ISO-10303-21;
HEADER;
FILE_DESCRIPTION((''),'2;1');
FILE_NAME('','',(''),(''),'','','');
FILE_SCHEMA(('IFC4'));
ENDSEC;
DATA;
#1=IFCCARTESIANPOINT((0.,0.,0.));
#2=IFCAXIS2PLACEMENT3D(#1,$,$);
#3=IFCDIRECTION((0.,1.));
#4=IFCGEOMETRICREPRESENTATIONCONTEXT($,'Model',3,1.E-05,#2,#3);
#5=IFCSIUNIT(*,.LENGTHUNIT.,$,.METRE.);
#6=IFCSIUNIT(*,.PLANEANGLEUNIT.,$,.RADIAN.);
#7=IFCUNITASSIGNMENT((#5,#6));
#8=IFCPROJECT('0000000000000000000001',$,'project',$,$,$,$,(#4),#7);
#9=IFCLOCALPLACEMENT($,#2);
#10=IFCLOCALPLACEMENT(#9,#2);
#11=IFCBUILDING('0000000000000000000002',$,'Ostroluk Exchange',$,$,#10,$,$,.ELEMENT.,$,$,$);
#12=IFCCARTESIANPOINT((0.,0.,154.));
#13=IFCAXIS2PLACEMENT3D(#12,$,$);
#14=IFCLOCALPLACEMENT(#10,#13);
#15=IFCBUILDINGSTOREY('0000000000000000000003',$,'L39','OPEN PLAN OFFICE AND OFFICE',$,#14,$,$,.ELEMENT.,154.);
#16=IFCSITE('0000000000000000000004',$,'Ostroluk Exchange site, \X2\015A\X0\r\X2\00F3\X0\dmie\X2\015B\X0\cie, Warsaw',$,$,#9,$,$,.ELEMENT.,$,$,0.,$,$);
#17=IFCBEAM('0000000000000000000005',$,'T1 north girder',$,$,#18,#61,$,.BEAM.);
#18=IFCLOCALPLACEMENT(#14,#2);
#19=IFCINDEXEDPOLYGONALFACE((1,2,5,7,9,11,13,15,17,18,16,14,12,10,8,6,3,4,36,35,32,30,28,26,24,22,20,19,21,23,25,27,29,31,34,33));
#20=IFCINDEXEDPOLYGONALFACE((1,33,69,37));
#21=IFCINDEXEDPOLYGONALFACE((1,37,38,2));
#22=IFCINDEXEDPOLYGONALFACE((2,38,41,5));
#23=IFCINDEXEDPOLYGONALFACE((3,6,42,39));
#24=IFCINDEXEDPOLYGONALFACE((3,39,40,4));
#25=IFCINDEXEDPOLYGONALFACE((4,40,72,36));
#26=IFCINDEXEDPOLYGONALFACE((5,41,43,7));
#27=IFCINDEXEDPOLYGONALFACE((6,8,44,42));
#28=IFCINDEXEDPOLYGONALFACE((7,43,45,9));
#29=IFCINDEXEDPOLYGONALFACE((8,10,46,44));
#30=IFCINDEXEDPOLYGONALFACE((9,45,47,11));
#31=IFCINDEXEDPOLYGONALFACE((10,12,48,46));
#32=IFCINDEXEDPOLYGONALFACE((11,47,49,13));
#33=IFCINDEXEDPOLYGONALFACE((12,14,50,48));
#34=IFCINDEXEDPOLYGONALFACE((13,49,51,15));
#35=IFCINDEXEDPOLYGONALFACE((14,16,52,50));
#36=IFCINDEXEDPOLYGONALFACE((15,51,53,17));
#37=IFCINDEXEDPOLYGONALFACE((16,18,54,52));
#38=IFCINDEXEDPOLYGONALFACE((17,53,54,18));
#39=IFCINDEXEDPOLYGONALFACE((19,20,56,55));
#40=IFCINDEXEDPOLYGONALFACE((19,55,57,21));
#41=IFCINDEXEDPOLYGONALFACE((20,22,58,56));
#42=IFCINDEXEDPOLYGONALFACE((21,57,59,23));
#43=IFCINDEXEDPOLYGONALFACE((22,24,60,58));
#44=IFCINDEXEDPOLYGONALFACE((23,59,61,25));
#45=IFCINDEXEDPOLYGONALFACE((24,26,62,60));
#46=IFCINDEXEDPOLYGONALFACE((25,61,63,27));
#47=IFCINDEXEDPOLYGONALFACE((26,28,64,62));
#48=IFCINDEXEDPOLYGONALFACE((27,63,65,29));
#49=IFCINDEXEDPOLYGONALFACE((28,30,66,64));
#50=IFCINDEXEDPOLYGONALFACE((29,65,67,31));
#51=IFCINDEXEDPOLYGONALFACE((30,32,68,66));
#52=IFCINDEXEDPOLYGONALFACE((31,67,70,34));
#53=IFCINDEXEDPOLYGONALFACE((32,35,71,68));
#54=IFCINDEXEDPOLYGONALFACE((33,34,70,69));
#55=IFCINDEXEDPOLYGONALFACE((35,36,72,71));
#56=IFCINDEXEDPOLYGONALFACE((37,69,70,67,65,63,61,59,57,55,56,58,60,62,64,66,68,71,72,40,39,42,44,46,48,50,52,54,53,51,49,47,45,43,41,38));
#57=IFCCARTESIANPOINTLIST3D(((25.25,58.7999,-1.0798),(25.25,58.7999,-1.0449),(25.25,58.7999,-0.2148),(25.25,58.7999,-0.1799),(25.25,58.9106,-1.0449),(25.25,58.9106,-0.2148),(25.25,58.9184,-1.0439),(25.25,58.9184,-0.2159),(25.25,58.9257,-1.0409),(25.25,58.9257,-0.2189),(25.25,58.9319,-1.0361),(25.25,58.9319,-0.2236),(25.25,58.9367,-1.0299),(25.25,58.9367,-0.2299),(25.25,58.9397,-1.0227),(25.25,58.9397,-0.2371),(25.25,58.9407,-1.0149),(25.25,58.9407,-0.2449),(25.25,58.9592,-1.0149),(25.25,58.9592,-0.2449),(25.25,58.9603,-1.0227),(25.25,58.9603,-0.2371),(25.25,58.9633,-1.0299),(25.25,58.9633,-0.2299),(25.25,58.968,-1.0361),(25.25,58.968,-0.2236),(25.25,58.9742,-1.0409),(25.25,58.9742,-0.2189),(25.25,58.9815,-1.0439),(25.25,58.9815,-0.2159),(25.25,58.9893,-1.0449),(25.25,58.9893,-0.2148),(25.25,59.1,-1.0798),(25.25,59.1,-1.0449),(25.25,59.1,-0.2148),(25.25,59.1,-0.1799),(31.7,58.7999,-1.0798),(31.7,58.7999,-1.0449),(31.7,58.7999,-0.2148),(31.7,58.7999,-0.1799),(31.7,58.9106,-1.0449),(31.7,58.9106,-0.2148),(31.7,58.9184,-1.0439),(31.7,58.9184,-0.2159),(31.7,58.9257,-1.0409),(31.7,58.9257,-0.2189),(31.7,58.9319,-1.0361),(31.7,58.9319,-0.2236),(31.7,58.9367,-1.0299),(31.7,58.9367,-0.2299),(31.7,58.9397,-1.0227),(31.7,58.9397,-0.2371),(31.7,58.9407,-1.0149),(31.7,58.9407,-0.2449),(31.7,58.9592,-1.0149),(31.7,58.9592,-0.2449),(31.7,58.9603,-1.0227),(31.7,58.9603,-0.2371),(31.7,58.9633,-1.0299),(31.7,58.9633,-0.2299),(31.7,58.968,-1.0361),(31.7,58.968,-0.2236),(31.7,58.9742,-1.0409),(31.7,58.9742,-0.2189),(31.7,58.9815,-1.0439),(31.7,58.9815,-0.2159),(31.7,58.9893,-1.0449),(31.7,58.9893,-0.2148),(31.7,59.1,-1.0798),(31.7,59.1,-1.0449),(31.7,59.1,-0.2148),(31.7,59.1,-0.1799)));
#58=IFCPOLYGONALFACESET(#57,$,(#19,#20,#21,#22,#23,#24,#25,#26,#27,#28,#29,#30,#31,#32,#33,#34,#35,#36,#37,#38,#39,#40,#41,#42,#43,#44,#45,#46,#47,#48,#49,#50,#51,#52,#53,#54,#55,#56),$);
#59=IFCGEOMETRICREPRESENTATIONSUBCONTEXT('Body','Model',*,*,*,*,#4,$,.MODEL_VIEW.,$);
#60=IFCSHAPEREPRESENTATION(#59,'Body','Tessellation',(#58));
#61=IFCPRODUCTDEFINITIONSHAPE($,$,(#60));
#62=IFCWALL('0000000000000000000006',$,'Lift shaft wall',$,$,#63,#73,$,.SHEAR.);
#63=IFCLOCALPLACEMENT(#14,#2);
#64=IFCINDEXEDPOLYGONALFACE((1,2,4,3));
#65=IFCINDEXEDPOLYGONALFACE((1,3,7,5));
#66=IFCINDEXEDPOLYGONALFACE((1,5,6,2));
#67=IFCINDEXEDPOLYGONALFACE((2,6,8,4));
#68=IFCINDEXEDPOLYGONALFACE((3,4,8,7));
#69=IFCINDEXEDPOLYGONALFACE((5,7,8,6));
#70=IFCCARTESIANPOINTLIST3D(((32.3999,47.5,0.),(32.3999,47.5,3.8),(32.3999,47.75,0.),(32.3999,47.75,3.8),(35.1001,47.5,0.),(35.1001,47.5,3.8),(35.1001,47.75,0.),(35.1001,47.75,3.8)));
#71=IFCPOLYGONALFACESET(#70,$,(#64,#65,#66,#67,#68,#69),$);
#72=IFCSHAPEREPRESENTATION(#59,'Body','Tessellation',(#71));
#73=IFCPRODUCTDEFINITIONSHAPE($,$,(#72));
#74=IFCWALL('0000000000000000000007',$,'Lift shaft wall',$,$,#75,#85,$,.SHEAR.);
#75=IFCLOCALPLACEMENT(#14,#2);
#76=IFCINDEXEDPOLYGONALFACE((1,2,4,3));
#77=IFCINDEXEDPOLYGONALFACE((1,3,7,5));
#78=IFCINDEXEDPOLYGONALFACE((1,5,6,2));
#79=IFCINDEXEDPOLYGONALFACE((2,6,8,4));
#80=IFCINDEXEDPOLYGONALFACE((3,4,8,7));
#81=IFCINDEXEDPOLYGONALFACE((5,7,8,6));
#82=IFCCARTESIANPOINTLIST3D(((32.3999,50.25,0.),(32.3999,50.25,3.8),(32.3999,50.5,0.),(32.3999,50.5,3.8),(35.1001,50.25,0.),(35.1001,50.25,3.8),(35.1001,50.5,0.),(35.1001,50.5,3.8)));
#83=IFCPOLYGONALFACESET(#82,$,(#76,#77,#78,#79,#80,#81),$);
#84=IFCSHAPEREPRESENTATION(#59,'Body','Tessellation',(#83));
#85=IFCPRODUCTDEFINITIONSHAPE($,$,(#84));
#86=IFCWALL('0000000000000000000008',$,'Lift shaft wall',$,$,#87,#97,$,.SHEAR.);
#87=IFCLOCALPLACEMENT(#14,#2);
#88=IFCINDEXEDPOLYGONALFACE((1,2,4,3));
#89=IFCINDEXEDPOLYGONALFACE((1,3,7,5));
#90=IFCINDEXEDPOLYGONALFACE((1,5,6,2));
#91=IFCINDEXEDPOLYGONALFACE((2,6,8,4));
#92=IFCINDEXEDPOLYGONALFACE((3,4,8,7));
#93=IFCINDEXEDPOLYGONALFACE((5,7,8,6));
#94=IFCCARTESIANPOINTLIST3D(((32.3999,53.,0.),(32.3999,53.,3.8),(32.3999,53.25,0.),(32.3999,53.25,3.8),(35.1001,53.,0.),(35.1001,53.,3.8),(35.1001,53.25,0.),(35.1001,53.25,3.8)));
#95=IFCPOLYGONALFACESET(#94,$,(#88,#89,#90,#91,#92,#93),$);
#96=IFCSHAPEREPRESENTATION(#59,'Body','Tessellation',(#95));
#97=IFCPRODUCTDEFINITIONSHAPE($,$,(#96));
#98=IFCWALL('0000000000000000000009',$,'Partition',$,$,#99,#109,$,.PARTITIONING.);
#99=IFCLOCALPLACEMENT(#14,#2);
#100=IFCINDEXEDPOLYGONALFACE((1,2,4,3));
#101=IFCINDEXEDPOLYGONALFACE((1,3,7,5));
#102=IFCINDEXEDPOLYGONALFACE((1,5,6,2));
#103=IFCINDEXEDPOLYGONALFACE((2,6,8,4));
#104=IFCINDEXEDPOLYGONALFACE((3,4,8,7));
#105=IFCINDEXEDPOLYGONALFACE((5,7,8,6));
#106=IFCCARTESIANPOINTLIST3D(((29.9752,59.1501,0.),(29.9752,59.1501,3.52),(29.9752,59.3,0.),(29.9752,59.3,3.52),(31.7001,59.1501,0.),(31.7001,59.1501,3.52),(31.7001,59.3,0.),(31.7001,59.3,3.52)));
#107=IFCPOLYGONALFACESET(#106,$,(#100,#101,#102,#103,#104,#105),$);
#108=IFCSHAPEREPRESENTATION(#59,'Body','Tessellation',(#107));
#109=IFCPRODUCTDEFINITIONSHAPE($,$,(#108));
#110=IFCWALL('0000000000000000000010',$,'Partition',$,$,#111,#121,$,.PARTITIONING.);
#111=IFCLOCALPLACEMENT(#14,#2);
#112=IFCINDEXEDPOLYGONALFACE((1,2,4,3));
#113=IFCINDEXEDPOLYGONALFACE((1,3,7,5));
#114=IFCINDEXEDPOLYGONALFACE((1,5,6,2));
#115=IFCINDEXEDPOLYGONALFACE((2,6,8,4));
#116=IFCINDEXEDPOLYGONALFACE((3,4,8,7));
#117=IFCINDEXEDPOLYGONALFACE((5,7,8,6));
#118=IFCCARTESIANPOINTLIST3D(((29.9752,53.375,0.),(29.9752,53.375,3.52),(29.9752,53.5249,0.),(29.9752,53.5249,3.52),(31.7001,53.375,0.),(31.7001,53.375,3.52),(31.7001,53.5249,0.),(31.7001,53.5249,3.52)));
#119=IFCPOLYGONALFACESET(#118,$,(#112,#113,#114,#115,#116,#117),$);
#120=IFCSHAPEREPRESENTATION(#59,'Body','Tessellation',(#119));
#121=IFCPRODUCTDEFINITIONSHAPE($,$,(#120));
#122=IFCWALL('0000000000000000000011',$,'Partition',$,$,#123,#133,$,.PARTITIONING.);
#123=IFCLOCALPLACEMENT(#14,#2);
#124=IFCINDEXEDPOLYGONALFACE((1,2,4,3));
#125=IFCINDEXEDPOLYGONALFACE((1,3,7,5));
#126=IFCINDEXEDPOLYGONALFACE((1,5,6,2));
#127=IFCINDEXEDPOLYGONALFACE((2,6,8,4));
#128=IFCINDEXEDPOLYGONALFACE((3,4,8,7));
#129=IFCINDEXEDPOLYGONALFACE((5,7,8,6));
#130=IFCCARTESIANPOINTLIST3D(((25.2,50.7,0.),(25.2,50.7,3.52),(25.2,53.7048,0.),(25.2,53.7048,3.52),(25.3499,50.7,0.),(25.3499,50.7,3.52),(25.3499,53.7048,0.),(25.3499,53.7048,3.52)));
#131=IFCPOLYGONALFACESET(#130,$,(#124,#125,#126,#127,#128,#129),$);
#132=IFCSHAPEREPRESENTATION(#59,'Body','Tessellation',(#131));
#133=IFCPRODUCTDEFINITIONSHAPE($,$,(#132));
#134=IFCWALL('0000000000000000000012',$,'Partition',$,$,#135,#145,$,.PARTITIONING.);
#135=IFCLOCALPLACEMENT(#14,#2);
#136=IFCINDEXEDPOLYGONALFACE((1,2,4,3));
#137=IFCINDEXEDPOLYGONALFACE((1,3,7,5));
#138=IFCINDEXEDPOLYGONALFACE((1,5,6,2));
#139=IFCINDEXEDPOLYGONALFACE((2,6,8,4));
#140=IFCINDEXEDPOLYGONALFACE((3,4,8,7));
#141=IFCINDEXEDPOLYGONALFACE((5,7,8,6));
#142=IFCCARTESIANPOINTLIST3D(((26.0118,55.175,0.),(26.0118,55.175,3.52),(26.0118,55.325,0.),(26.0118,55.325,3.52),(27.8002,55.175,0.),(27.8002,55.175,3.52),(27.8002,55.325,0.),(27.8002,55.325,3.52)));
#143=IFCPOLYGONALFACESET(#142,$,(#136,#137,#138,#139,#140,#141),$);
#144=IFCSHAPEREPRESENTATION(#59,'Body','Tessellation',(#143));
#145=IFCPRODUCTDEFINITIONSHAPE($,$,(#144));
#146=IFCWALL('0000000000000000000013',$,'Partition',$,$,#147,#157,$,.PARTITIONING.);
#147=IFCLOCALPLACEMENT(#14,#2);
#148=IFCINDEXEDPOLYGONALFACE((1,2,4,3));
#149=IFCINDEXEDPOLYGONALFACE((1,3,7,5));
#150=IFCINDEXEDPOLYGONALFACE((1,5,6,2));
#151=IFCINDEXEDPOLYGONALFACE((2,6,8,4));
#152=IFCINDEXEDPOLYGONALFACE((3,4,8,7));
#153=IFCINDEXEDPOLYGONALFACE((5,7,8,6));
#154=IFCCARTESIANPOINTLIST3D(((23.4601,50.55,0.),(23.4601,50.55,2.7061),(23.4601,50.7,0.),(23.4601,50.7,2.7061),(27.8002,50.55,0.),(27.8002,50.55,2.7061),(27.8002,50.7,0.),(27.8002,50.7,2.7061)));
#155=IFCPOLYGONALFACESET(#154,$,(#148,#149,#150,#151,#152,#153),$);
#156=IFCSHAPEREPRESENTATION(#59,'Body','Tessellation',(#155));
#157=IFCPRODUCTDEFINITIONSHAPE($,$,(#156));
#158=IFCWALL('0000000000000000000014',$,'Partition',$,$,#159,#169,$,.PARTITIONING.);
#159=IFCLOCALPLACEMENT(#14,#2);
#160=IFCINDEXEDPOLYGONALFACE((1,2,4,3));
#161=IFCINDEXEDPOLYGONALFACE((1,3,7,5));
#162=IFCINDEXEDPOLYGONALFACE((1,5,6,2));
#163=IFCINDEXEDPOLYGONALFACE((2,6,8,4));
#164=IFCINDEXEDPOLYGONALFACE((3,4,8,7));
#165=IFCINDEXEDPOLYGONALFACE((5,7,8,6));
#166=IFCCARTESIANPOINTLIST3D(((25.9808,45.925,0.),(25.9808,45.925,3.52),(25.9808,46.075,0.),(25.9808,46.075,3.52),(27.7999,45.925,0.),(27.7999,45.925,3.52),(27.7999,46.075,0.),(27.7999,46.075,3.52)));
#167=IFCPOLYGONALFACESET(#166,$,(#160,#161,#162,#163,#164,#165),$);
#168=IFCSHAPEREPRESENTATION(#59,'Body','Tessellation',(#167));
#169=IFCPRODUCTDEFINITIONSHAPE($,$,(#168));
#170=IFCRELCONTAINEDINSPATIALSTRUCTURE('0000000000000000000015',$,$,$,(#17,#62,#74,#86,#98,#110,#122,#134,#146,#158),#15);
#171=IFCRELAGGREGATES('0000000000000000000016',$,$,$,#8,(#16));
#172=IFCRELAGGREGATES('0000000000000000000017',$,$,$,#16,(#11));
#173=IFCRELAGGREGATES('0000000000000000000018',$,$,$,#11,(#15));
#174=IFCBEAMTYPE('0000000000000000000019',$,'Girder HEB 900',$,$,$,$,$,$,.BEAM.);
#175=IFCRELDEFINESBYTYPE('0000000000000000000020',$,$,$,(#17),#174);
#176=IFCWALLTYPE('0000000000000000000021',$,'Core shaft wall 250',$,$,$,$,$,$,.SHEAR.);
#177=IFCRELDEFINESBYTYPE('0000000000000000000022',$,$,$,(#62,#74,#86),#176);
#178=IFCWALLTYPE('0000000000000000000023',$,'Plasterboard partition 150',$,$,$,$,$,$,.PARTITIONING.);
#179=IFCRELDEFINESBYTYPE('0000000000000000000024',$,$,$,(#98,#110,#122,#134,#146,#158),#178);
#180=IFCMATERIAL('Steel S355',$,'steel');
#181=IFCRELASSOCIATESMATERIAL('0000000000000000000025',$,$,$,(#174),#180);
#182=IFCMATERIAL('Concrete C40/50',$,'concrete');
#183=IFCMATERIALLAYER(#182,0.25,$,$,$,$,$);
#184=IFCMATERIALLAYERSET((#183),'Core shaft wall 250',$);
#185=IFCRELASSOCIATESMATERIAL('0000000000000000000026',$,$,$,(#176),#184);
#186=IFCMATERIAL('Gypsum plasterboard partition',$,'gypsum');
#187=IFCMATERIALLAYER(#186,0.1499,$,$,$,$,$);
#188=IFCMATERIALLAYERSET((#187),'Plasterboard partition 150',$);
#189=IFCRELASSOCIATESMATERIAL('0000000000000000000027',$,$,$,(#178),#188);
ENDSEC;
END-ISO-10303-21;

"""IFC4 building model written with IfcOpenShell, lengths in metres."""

from ifc_helpers import new_model, si_unit, direction, frame, frame_2d, origin, origin_2d, place, context, subcontext, project, spatial, rectangle, i_section, extrude, material, layer, layer_set, material_profile, profile_set, type_object, element, save


model = new_model("IFC4")

# Units and contexts
model_context = context("Model", 3, precision=1e-05, world=origin(), true_north=direction((0.0, 1.0)))
body_context = subcontext(model_context, "Body", "Model", "MODEL_VIEW")
ifc_project = project(units=[si_unit("LENGTHUNIT", "METRE"), si_unit("PLANEANGLEUNIT", "RADIAN")], contexts=[model_context])

# Site, building, storey
site_placement = place(None, origin())
site = spatial("IfcSite", under=ifc_project, at=site_placement, Name="Ostroluk Exchange site, Śródmieście, Warsaw", CompositionType="ELEMENT", RefElevation=0.0)
building_placement = place(site_placement, origin())
building = spatial("IfcBuilding", under=site, at=building_placement, Name="Ostroluk Exchange", CompositionType="ELEMENT")
storey_placement = place(building_placement, frame((0.0, 0.0, 154.0)))
storey = spatial("IfcBuildingStorey", under=building, at=storey_placement, Name="L39", Description="OPEN PLAN OFFICE AND OFFICE", CompositionType="ELEMENT", Elevation=154.0)

# Beam
ifc_material_1 = material(Name="Steel S355", Category="steel")
ifc_material_profile_1 = material_profile(ifc_material_1, i_section(OverallWidth=0.3, OverallDepth=0.8999, WebThickness=0.0186, FlangeThickness=0.0349, FilletRadius=0.03, at=origin_2d()), Name="HEB 900")
ifc_profile_set_1 = profile_set([ifc_material_profile_1], Name="Steel S355")
beam_type_1 = type_object("IfcBeamType", Name="Girder HEB 900", PredefinedType="BEAM", material=ifc_profile_set_1)
beam_1_placement = place(storey_placement, frame((31.7, 58.95, -0.6299), z_axis=(-1.0, 0.0, 0.0), x_axis=(0.0, -1.0, 0.0)))
element("IfcBeam", 1, at=beam_1_placement, inside=storey, type_object=beam_type_1, Name="T1 north girder", PredefinedType="BEAM", context=body_context, shape_type="SweptSolid", body=[
    extrude(i_section(OverallWidth=0.3, OverallDepth=0.8999, WebThickness=0.0186, FlangeThickness=0.0349, FilletRadius=0.03, at=origin_2d()), origin(), (0.0, 0.0, 1.0), 6.45),
])

# Walls
ifc_material_2 = material(Name="Concrete C40/50", Category="concrete")
ifc_layer_1 = layer(ifc_material_2, 0.25)
ifc_layer_set_1 = layer_set([ifc_layer_1], Name="Core shaft wall 250")
wall_type_1 = type_object("IfcWallType", Name="Core shaft wall 250", PredefinedType="SHEAR", material=ifc_layer_set_1)
for number, where, z_axis, x_axis, name in (
    (2, (32.3999, 47.625, 0.0), (0.0, 0.0, 1.0), (1.0, 0.0, 0.0), "Lift shaft wall"),
    (3, (32.3999, 50.375, 0.0), (0.0, 0.0, 1.0), (1.0, 0.0, 0.0), "Lift shaft wall"),
    (4, (32.3999, 53.125, 0.0), (0.0, 0.0, 1.0), (1.0, 0.0, 0.0), "Lift shaft wall"),
):
    element("IfcWall", number, at=place(storey_placement, frame(where, z_axis=z_axis, x_axis=x_axis)), inside=storey, type_object=wall_type_1, Name=name, PredefinedType="SHEAR", context=body_context, shape_type="SweptSolid", body=[
        extrude(rectangle(XDim=2.7002, YDim=0.25, at=frame_2d((1.3501, 0.0))), origin(), (0.0, 0.0, 1.0), 3.8),
    ])

# Walls
ifc_material_3 = material(Name="Gypsum plasterboard partition", Category="gypsum")
ifc_layer_2 = layer(ifc_material_3, 0.1499)
ifc_layer_set_2 = layer_set([ifc_layer_2], Name="Plasterboard partition 150")
wall_type_2 = type_object("IfcWallType", Name="Plasterboard partition 150", PredefinedType="PARTITIONING", material=ifc_layer_set_2)
for number, where, z_axis, x_axis, name in (
    (5, (31.7, 59.2251, 0.0), (0.0, 0.0, 1.0), (-1.0, 0.0, 0.0), "Partition"),
    (6, (31.7, 53.45, 0.0), (0.0, 0.0, 1.0), (-1.0, 0.0, 0.0), "Partition"),
):
    element("IfcWall", number, at=place(storey_placement, frame(where, z_axis=z_axis, x_axis=x_axis)), inside=storey, type_object=wall_type_2, Name=name, PredefinedType="PARTITIONING", context=body_context, shape_type="SweptSolid", body=[
        extrude(rectangle(XDim=1.7249, YDim=0.1499, at=frame_2d((0.8623, 0.0))), origin(), (0.0, 0.0, 1.0), 3.52),
    ])
wall_1_placement = place(storey_placement, frame((25.2749, 53.7048, 0.0), z_axis=(0.0, 0.0, 1.0), x_axis=(0.0, -1.0, 0.0)))
element("IfcWall", 7, at=wall_1_placement, inside=storey, type_object=wall_type_2, Name="Partition", PredefinedType="PARTITIONING", context=body_context, shape_type="SweptSolid", body=[
    extrude(rectangle(XDim=3.0049, YDim=0.1499, at=frame_2d((1.5024, 0.0))), origin(), (0.0, 0.0, 1.0), 3.52),
])
wall_2_placement = place(storey_placement, frame((27.8, 55.25, 0.0), z_axis=(0.0, 0.0, 1.0), x_axis=(-1.0, 0.0, 0.0)))
element("IfcWall", 8, at=wall_2_placement, inside=storey, type_object=wall_type_2, Name="Partition", PredefinedType="PARTITIONING", context=body_context, shape_type="SweptSolid", body=[
    extrude(rectangle(XDim=1.7883, YDim=0.1499, at=frame_2d((0.894, 0.0))), origin(), (0.0, 0.0, 1.0), 3.52),
])
wall_3_placement = place(storey_placement, frame((27.8, 50.625, 0.0), z_axis=(0.0, 0.0, 1.0), x_axis=(-1.0, 0.0, 0.0)))
element("IfcWall", 9, at=wall_3_placement, inside=storey, type_object=wall_type_2, Name="Partition", PredefinedType="PARTITIONING", context=body_context, shape_type="SweptSolid", body=[
    extrude(rectangle(XDim=4.3401, YDim=0.1499, at=frame_2d((2.1699, 0.0))), origin(), (0.0, 0.0, 1.0), 2.7061),
])
wall_4_placement = place(storey_placement, frame((27.8, 46.0, 0.0), z_axis=(0.0, 0.0, 1.0), x_axis=(-1.0, 0.0, 0.0)))
element("IfcWall", 10, at=wall_4_placement, inside=storey, type_object=wall_type_2, Name="Partition", PredefinedType="PARTITIONING", context=body_context, shape_type="SweptSolid", body=[
    extrude(rectangle(XDim=1.8191, YDim=0.1499, at=frame_2d((0.9097, 0.0))), origin(), (0.0, 0.0, 1.0), 3.52),
])

save(model, "model.ifc")
